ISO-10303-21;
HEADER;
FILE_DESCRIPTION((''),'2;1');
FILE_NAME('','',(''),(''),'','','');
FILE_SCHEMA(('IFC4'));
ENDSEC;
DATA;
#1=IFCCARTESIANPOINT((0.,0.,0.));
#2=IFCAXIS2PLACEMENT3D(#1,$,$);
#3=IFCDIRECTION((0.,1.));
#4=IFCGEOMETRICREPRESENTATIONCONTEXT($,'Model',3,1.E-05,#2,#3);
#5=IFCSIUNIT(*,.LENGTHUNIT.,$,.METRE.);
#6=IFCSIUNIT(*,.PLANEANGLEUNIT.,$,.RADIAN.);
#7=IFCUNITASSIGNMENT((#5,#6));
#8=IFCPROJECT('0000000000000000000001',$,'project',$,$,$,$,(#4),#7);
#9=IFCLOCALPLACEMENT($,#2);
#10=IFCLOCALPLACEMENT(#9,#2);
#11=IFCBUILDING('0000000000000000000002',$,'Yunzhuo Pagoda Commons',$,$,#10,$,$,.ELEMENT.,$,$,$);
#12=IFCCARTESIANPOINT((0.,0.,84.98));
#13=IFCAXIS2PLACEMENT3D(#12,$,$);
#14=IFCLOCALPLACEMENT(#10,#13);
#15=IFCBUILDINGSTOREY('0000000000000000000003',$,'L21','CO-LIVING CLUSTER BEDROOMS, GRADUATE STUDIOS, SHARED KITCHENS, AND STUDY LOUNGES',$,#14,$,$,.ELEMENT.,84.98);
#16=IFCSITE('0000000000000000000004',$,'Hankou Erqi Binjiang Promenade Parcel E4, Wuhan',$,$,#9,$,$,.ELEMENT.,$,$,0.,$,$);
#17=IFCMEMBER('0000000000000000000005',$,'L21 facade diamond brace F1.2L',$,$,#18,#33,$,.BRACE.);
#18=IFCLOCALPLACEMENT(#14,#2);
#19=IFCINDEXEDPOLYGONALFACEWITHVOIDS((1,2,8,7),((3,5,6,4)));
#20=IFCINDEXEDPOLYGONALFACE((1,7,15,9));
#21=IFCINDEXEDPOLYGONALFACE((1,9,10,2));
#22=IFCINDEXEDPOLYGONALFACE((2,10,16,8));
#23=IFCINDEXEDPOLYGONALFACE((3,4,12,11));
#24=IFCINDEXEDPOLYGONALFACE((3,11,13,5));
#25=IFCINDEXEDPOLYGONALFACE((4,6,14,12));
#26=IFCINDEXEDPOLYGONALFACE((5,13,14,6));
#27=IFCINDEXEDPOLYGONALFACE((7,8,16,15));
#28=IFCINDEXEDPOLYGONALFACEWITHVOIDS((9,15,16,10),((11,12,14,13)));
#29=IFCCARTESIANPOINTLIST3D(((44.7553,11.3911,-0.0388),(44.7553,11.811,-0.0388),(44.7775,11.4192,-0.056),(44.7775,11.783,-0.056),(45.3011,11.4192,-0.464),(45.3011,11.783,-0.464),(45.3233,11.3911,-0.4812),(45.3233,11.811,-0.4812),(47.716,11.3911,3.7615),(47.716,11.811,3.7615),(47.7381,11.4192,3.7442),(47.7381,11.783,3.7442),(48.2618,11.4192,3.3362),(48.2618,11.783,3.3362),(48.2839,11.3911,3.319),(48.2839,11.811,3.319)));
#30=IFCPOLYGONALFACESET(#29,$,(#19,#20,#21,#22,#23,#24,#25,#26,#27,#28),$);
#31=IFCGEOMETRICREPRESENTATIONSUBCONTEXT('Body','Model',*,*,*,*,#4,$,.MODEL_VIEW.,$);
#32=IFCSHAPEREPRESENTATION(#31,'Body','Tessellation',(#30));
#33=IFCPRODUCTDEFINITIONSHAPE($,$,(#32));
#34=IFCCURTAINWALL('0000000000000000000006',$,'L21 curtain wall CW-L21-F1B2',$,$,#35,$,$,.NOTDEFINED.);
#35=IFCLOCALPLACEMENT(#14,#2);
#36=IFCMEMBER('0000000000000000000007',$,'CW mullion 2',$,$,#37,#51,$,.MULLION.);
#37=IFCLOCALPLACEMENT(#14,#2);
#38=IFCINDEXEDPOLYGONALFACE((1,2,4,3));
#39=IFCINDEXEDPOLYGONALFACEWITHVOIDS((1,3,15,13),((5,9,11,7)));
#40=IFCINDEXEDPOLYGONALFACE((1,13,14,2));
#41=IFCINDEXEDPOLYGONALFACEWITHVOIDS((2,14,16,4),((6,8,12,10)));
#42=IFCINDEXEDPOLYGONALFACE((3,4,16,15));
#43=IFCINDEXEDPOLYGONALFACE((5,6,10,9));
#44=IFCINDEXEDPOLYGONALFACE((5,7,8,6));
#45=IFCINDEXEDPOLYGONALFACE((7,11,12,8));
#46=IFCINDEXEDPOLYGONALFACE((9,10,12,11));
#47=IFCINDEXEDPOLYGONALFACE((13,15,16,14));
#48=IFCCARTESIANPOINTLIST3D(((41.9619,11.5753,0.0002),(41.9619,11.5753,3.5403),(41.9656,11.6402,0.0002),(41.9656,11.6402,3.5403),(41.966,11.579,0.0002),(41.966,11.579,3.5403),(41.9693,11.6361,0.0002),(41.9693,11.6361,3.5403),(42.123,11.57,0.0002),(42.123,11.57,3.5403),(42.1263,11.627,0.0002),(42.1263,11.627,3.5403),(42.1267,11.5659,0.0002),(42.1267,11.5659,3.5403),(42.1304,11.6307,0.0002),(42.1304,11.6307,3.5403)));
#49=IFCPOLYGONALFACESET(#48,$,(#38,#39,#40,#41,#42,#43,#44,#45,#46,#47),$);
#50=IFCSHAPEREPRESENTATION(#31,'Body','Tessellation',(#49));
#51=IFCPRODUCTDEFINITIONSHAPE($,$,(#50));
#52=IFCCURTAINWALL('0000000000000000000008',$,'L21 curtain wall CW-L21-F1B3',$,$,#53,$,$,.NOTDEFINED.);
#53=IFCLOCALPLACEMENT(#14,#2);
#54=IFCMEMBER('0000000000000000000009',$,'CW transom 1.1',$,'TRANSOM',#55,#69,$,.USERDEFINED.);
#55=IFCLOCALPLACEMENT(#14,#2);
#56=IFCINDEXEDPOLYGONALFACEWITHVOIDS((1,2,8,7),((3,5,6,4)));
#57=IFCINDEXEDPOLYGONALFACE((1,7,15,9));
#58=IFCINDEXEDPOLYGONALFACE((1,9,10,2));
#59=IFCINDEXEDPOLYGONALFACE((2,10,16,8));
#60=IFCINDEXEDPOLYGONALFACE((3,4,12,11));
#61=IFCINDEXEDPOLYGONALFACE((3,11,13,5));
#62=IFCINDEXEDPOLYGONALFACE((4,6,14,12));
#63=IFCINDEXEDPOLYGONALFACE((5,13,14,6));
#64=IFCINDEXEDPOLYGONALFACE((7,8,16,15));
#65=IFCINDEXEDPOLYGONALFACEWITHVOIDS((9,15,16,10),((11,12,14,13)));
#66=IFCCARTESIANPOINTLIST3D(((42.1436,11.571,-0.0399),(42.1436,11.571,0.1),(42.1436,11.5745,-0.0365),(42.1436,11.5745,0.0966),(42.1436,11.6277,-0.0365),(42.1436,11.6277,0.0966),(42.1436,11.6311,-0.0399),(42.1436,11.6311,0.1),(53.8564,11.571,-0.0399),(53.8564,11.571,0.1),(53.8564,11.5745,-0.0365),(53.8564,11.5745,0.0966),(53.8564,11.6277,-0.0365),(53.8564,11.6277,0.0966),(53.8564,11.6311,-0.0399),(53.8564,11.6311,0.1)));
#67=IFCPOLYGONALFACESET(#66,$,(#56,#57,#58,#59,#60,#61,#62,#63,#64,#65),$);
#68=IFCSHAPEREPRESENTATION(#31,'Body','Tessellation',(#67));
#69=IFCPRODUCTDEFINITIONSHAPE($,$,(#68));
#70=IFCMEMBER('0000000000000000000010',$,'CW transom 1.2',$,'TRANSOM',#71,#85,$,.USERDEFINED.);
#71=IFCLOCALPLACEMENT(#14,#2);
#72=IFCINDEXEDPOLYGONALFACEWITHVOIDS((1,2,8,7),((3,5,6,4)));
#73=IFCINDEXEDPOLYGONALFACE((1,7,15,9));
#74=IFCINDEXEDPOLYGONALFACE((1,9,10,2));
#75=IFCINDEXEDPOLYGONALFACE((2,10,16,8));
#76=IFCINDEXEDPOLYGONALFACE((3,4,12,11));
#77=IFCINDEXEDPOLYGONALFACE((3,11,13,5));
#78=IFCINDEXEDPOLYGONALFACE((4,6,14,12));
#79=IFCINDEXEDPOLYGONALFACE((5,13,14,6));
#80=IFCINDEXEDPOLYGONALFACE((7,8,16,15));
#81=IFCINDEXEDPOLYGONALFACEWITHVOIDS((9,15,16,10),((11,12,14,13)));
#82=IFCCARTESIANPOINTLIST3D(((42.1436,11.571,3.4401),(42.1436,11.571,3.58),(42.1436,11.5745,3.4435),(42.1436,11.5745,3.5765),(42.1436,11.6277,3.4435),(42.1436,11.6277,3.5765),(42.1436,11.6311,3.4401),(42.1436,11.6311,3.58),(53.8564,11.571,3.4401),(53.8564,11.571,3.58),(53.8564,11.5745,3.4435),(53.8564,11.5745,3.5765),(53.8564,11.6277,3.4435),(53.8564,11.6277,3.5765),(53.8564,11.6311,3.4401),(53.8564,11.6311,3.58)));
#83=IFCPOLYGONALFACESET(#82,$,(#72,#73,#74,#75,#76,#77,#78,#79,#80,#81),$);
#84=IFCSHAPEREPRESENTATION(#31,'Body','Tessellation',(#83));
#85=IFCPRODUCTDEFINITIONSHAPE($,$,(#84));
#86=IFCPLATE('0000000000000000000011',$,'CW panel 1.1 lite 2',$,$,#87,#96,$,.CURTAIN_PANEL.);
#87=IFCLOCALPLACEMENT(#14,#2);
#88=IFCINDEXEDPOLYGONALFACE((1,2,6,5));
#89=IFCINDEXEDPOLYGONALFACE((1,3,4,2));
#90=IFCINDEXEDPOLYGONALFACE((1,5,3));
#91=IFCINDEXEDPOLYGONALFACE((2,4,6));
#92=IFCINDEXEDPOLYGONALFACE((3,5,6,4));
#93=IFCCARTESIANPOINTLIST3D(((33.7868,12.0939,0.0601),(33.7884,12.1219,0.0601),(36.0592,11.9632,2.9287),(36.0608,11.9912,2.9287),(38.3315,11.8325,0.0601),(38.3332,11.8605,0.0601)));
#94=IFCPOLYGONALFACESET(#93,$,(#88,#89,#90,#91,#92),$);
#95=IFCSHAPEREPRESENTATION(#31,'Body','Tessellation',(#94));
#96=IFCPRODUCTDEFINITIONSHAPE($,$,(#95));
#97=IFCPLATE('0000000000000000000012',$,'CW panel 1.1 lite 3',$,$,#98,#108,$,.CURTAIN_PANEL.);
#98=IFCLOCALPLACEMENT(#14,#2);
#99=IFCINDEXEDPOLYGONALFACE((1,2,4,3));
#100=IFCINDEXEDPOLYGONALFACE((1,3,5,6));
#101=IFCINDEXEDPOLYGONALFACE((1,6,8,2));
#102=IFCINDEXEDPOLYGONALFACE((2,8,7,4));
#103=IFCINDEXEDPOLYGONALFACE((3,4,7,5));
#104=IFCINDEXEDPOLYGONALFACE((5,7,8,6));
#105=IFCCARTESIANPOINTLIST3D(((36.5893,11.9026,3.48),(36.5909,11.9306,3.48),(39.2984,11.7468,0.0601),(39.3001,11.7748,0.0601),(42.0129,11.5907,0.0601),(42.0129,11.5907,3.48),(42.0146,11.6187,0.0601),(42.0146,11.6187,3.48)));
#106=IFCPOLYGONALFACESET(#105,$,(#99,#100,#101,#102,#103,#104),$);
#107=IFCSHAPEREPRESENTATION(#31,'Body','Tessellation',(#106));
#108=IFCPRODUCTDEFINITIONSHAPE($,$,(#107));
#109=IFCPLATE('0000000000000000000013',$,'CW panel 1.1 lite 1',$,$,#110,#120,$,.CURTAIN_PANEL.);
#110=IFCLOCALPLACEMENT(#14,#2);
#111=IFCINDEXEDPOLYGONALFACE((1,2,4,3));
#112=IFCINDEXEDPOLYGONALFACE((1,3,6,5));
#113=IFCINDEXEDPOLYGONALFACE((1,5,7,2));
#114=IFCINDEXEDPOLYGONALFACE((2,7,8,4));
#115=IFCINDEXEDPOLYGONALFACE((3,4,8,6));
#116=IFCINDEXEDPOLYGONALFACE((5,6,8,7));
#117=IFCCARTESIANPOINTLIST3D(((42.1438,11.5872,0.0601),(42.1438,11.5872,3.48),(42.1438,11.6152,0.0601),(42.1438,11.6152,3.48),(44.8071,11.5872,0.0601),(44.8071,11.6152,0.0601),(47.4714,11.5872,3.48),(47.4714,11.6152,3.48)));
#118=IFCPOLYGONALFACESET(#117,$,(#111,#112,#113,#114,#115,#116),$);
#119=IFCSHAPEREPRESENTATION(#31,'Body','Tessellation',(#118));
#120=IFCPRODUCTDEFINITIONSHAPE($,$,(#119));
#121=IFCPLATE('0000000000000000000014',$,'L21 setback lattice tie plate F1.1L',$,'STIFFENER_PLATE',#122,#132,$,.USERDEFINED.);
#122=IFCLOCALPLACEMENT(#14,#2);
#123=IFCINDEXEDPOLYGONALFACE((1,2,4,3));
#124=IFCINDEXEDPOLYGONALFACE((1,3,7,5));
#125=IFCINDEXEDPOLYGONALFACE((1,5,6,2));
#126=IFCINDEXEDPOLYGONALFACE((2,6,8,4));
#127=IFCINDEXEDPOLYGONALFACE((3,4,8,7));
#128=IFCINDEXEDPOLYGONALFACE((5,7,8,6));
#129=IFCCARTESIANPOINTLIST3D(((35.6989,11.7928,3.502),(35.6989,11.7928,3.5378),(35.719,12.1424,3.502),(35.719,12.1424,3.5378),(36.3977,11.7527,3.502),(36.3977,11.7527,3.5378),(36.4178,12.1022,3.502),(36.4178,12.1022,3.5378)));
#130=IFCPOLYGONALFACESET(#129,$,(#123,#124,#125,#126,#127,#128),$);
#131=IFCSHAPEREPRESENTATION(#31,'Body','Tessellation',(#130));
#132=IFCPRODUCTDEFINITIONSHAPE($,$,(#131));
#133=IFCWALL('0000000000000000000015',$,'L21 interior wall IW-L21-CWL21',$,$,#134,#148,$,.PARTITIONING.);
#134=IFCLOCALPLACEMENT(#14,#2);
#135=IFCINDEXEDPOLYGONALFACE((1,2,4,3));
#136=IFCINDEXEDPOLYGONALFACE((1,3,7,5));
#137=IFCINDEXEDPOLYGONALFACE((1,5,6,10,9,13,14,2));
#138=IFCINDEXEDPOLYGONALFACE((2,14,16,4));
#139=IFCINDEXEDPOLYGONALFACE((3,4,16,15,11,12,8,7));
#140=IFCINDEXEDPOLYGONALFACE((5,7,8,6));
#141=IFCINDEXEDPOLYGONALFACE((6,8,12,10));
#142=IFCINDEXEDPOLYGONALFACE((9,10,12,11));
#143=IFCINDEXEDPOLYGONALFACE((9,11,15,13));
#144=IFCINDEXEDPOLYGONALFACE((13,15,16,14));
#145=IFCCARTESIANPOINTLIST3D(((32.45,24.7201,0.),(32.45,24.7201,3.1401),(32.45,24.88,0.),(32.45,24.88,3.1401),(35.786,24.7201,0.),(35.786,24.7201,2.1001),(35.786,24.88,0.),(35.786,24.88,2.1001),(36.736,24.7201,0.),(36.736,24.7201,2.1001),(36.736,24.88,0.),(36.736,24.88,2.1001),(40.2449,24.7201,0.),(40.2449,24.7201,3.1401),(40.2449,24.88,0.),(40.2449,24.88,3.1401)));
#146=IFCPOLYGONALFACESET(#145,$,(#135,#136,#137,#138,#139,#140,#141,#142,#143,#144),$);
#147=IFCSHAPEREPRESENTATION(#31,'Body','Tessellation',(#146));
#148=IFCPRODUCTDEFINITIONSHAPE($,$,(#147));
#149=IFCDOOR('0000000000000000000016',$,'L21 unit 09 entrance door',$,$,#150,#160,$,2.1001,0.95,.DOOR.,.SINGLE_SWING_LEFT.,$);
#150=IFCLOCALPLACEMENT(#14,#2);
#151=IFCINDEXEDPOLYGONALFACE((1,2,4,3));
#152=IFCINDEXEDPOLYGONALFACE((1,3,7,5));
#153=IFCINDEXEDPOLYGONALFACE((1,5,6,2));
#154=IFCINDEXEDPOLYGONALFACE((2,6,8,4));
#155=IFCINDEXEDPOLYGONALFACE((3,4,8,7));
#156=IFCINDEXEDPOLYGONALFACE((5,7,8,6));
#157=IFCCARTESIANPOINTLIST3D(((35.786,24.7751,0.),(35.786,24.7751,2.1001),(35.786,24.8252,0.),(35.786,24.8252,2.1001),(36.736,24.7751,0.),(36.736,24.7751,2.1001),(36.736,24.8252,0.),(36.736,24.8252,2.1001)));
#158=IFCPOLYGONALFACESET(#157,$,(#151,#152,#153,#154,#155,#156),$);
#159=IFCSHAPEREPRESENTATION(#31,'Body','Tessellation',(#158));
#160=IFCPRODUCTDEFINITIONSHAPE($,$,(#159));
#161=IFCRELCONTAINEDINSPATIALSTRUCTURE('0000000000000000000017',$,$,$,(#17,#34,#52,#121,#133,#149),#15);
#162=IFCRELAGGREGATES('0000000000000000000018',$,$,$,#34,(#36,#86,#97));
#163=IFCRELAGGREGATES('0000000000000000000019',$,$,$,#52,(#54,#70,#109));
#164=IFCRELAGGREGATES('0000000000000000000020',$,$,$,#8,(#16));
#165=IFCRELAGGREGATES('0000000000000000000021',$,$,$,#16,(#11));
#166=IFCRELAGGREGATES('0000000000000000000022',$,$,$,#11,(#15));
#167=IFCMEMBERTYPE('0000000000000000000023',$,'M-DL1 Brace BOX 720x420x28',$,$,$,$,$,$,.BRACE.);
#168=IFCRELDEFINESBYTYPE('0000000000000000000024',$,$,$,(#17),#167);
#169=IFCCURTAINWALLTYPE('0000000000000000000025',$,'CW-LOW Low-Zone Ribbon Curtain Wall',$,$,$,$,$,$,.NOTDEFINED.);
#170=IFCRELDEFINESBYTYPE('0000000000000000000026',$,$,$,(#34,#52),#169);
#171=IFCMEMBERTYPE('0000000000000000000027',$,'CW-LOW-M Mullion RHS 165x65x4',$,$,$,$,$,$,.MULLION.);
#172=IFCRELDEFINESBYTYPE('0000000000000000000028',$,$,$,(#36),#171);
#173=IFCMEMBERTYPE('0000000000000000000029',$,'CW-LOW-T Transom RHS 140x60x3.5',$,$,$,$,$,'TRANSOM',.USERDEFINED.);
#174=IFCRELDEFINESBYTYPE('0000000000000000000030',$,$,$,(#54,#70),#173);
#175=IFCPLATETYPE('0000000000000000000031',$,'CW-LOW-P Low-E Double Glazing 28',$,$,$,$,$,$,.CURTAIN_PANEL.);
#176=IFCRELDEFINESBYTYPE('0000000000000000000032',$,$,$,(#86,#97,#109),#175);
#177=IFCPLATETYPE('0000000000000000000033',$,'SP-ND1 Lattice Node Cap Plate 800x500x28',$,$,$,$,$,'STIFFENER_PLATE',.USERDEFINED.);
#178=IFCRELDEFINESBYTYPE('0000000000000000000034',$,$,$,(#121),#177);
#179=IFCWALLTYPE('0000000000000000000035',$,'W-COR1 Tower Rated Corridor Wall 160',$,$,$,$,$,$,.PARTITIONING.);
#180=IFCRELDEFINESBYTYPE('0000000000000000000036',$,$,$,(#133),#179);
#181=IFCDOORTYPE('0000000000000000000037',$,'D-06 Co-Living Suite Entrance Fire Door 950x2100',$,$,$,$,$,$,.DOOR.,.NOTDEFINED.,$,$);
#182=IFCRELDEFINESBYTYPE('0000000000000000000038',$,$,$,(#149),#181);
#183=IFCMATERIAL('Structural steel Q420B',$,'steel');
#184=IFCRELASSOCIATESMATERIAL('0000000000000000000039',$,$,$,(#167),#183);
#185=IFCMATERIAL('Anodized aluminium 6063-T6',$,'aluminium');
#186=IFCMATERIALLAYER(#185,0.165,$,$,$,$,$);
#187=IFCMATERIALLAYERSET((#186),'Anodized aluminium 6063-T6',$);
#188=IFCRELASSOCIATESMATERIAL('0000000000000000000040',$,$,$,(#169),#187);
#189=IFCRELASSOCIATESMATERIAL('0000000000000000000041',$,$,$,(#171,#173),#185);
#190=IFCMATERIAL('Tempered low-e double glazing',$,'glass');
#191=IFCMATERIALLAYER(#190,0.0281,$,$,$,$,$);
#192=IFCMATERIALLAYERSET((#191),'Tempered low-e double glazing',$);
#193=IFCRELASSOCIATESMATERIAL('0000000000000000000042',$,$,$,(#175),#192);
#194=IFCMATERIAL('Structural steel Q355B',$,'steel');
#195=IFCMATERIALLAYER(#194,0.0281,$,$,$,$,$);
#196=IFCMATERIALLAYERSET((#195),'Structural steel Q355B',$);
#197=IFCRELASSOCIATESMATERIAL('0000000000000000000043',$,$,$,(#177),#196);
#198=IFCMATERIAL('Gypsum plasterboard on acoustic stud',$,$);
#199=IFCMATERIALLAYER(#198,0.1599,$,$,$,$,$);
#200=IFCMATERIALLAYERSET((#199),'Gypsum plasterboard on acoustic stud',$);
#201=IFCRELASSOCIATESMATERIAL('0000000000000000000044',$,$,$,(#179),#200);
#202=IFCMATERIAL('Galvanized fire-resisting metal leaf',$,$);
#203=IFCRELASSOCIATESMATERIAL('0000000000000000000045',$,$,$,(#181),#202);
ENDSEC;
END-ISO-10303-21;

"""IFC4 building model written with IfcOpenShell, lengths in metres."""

from ifc_helpers import new_model, si_unit, direction, frame, frame_2d, origin, origin_with_axes, origin_2d, place, context, subcontext, project, spatial, polyline, rectangle, hollow_rectangle, outline, extrude, source, transform, mapped, material, layer, layer_set, material_profile, profile_set, type_object, element, fill, aggregate, save


model = new_model("IFC4")

# Units and contexts
model_context = context("Model", 3, precision=1e-05, world=origin(), true_north=direction((0.0, 1.0)))
body_context = subcontext(model_context, "Body", "Model", "MODEL_VIEW")
ifc_project = project(units=[si_unit("LENGTHUNIT", "METRE"), si_unit("PLANEANGLEUNIT", "RADIAN")], contexts=[model_context])

# Site, building, storey
site_placement = place(None, origin())
site = spatial("IfcSite", under=ifc_project, at=site_placement, Name="Hankou Erqi Binjiang Promenade Parcel E4, Wuhan", CompositionType="ELEMENT", RefElevation=0.0)
building_placement = place(site_placement, origin())
building = spatial("IfcBuilding", under=site, at=building_placement, Name="Yunzhuo Pagoda Commons", CompositionType="ELEMENT")
storey_placement = place(building_placement, frame((0.0, 0.0, 84.98)))
storey = spatial("IfcBuildingStorey", under=building, at=storey_placement, Name="L21", Description="CO-LIVING CLUSTER BEDROOMS, GRADUATE STUDIOS, SHARED KITCHENS, AND STUDY LOUNGES", CompositionType="ELEMENT", Elevation=84.98)

# Shared definitions
ifc_material_1 = material(Name="Structural steel Q420B", Category="steel")

# Shared definitions
ifc_material_2 = material(Name="Structural steel Q355B", Category="steel")

# Member
ifc_material_profile_1 = material_profile(ifc_material_1, hollow_rectangle(XDim=0.4199, YDim=0.72, WallThickness=0.0281, at=origin_2d()), Name="Structural steel Q420B")
ifc_profile_set_1 = profile_set([ifc_material_profile_1], Name="Structural steel Q420B")
member_type_1 = type_object("IfcMemberType", Name="M-DL1 Brace BOX 720x420x28", PredefinedType="BRACE", material=ifc_profile_set_1)
shared_shape_1 = source(origin(), body_context, "Body", "SweptSolid", [
    extrude(hollow_rectangle(XDim=0.4199, YDim=0.72, WallThickness=0.0281, at=origin_2d()), origin(), (0.0, 0.0, 1.0), 4.8174),
])
member_1_placement = place(storey_placement, frame((45.0393, 11.6011, -0.26), z_axis=(0.614575, 0.0, 0.788858), x_axis=(0.0, 1.0, 0.0)))
element("IfcMember", 1, at=member_1_placement, inside=storey, type_object=member_type_1, Name="L21 facade diamond brace F1.2L", PredefinedType="BRACE", context=body_context, shape_type="MappedRepresentation", body=[
    mapped(shared_shape_1, transform((0.0, 0.0, 0.0), scale=1.0)),
])

# Curtain wall, member
ifc_material_3 = material(Name="Anodized aluminium 6063-T6", Category="aluminium")
ifc_layer_1 = layer(ifc_material_3, 0.165)
ifc_layer_set_1 = layer_set([ifc_layer_1], Name="Anodized aluminium 6063-T6")
curtain_wall_type = type_object("IfcCurtainWallType", Name="CW-LOW Low-Zone Ribbon Curtain Wall", PredefinedType="NOTDEFINED", material=ifc_layer_set_1)
curtain_wall_1_placement = place(storey_placement, origin())
curtain_wall_1 = element("IfcCurtainWall", 2, at=curtain_wall_1_placement, inside=storey, type_object=curtain_wall_type, Name="L21 curtain wall CW-L21-F1B2", PredefinedType="NOTDEFINED")
ifc_material_profile_2 = material_profile(ifc_material_3, hollow_rectangle(XDim=0.0649, YDim=0.165, WallThickness=0.0039, at=origin_2d()), Name="Anodized aluminium 6063-T6")
ifc_profile_set_2 = profile_set([ifc_material_profile_2], Name="Anodized aluminium 6063-T6")
member_type_2 = type_object("IfcMemberType", Name="CW-LOW-M Mullion RHS 165x65x4", PredefinedType="MULLION", material=ifc_profile_set_2)
shared_shape_2 = source(origin(), body_context, "Body", "SweptSolid", [
    extrude(hollow_rectangle(XDim=0.0649, YDim=0.165, WallThickness=0.0039, at=origin_2d()), origin(), (0.0, 0.0, 1.0), 3.54),
])
member_2_placement = place(storey_placement, frame((42.0461, 11.603, 0.0002), z_axis=(0.0, 0.0, 1.0), x_axis=(0.057418, 0.99835, 0.0)))
member_2 = element("IfcMember", 3, at=member_2_placement, type_object=member_type_2, Name="CW mullion 2", PredefinedType="MULLION", context=body_context, shape_type="MappedRepresentation", body=[
    mapped(shared_shape_2, transform((0.0, 0.0, 0.0), scale=1.0)),
])

# Curtain wall, members
curtain_wall_2_placement = place(storey_placement, origin())
curtain_wall_2 = element("IfcCurtainWall", 4, at=curtain_wall_2_placement, inside=storey, type_object=curtain_wall_type, Name="L21 curtain wall CW-L21-F1B3", PredefinedType="NOTDEFINED")
ifc_material_profile_3 = material_profile(ifc_material_3, hollow_rectangle(XDim=0.0601, YDim=0.1399, WallThickness=0.0034, at=origin_2d()), Name="Anodized aluminium 6063-T6")
ifc_profile_set_3 = profile_set([ifc_material_profile_3], Name="Anodized aluminium 6063-T6")
member_type_3 = type_object("IfcMemberType", Name="CW-LOW-T Transom RHS 140x60x3.5", ElementType="TRANSOM", PredefinedType="USERDEFINED", material=ifc_profile_set_3)
shared_shape_3 = source(origin(), body_context, "Body", "SweptSolid", [
    extrude(hollow_rectangle(XDim=0.0601, YDim=0.1399, WallThickness=0.0034, at=origin_2d()), origin(), (0.0, 0.0, 1.0), 11.7129),
])
member_3_placement = place(storey_placement, frame((42.1436, 11.6011, 0.03), z_axis=(1.0, 0.0, 0.0), x_axis=(0.0, 1.0, 0.0)))
member_3 = element("IfcMember", 5, at=member_3_placement, type_object=member_type_3, Name="CW transom 1.1", ObjectType="TRANSOM", PredefinedType="USERDEFINED", context=body_context, shape_type="MappedRepresentation", body=[
    mapped(shared_shape_3, transform((0.0, 0.0, 0.0), scale=1.0)),
])
member_4_placement = place(storey_placement, frame((42.1436, 11.6011, 3.51), z_axis=(1.0, 0.0, 0.0), x_axis=(0.0, 1.0, 0.0)))
member_4 = element("IfcMember", 6, at=member_4_placement, type_object=member_type_3, Name="CW transom 1.2", ObjectType="TRANSOM", PredefinedType="USERDEFINED", context=body_context, shape_type="MappedRepresentation", body=[
    mapped(shared_shape_3, transform((0.0, 0.0, 0.0), scale=1.0)),
])

# Plates
ifc_material_4 = material(Name="Tempered low-e double glazing", Category="glass")
ifc_layer_2 = layer(ifc_material_4, 0.0281)
ifc_layer_set_2 = layer_set([ifc_layer_2], Name="Tempered low-e double glazing")
plate_type_1 = type_object("IfcPlateType", Name="CW-LOW-P Low-E Double Glazing 28", PredefinedType="CURTAIN_PANEL", material=ifc_layer_set_2)
plate_1_placement = place(storey_placement, frame((36.0608, 11.9912, 1.4944), z_axis=(-0.057418, -0.99835, 0.0), x_axis=(0.99835, -0.057418, 0.0)))
plate_1 = element("IfcPlate", 7, at=plate_1_placement, type_object=plate_type_1, Name="CW panel 1.1 lite 2", PredefinedType="CURTAIN_PANEL", context=body_context, shape_type="SweptSolid", body=[
    extrude(outline(polyline([(-2.2761, -1.4343), (2.2761, -1.4343), (0.0, 1.4343), (-2.2761, -1.4343)])), origin(), (0.0, 0.0, 1.0), 0.0281),
])
plate_2_placement = place(storey_placement, frame((39.3027, 11.7747, 1.77), z_axis=(-0.057418, -0.99835, 0.0), x_axis=(0.99835, -0.057418, 0.0)))
plate_2 = element("IfcPlate", 8, at=plate_2_placement, type_object=plate_type_1, Name="CW panel 1.1 lite 3", PredefinedType="CURTAIN_PANEL", context=body_context, shape_type="SweptSolid", body=[
    extrude(outline(polyline([(-2.7163, 1.71), (-0.0027, -1.71), (2.7163, -1.71), (2.7163, 1.71), (-2.7163, 1.71)])), origin(), (0.0, 0.0, 1.0), 0.0281),
])
aggregate(curtain_wall_1, [member_2, plate_1, plate_2])
plate_3_placement = place(storey_placement, frame((44.8076, 11.6152, 1.77), z_axis=(0.0, -1.0, 0.0), x_axis=(1.0, 0.0, 0.0)))
plate_3 = element("IfcPlate", 9, at=plate_3_placement, type_object=plate_type_1, Name="CW panel 1.1 lite 1", PredefinedType="CURTAIN_PANEL", context=body_context, shape_type="SweptSolid", body=[
    extrude(outline(polyline([(-2.6638, -1.71), (-0.0005, -1.71), (2.6638, 1.71), (-2.6638, 1.71), (-2.6638, -1.71)])), origin(), (0.0, 0.0, 1.0), 0.0281),
])
aggregate(curtain_wall_2, [member_3, member_4, plate_3])
ifc_layer_3 = layer(ifc_material_2, 0.0281)
ifc_layer_set_3 = layer_set([ifc_layer_3], Name="Structural steel Q355B")
plate_type_2 = type_object("IfcPlateType", Name="SP-ND1 Lattice Node Cap Plate 800x500x28", ElementType="STIFFENER_PLATE", PredefinedType="USERDEFINED", material=ifc_layer_set_3)
shared_shape_4 = source(origin(), body_context, "Body", "SweptSolid", [
    extrude(rectangle(XDim=0.7, YDim=0.3501, at=origin_2d()), origin(), (0.0, 0.0, 1.0), 0.0359),
])
plate_4_placement = place(storey_placement, frame((36.0583, 11.9475, 3.502), z_axis=(0.0, 0.0, 1.0), x_axis=(0.99835, -0.057425, 0.0)))
element("IfcPlate", 10, at=plate_4_placement, inside=storey, type_object=plate_type_2, Name="L21 setback lattice tie plate F1.1L", ObjectType="STIFFENER_PLATE", PredefinedType="USERDEFINED", context=body_context, shape_type="MappedRepresentation", body=[
    mapped(shared_shape_4, transform((0.0, 0.0, 0.0), scale=1.0)),
])

# Wall, opening, door
ifc_material_5 = material(Name="Gypsum plasterboard on acoustic stud")
ifc_layer_4 = layer(ifc_material_5, 0.1599)
ifc_layer_set_4 = layer_set([ifc_layer_4], Name="Gypsum plasterboard on acoustic stud")
wall_type_1 = type_object("IfcWallType", Name="W-COR1 Tower Rated Corridor Wall 160", PredefinedType="PARTITIONING", material=ifc_layer_set_4)
wall_1_placement = place(storey_placement, frame((40.2449, 24.8, 0.0), z_axis=(0.0, 0.0, 1.0), x_axis=(-1.0, 0.0, 0.0)))
wall_1 = element("IfcWall", 11, at=wall_1_placement, inside=storey, type_object=wall_type_1, Name="L21 interior wall IW-L21-CWL21", PredefinedType="PARTITIONING", context=body_context, shape_type="SweptSolid", body=[
    extrude(rectangle(XDim=7.7949, YDim=0.1599, at=frame_2d((3.8975, 0.0))), origin(), (0.0, 0.0, 1.0), 3.1401),
])
opening_1_placement = place(wall_1_placement, frame((3.5088, 0.0, 0.0)))
opening_1 = element("IfcOpeningElement", 12, at=opening_1_placement, cuts=wall_1, PredefinedType="OPENING", context=body_context, shape_type="SweptSolid", body=[
    extrude(rectangle(XDim=0.95, YDim=2.1001, at=frame_2d((0.4751, 1.05))), frame((0.0, 0.0898, 0.0), z_axis=(0.0, -1.0, 0.0), x_axis=(1.0, 0.0, 0.0)), (0.0, 0.0, 1.0), 0.1799),
])
ifc_material_6 = material(Name="Galvanized fire-resisting metal leaf")
door_type_1 = type_object("IfcDoorType", Name="D-06 Co-Living Suite Entrance Fire Door 950x2100", OperationType="NOTDEFINED", PredefinedType="DOOR", material=ifc_material_6)
shared_shape_5 = source(origin(), body_context, "Body", "SweptSolid", [
    extrude(rectangle(XDim=0.95, YDim=2.1001, at=frame_2d((0.4751, 1.05))), frame((0.0, 0.0249, 0.0), z_axis=(0.0, -1.0, 0.0), x_axis=(1.0, 0.0, 0.0)), (0.0, 0.0, 1.0), 0.05),
])
door_1_placement = place(opening_1_placement, origin_with_axes())
door_1 = element("IfcDoor", 13, at=door_1_placement, inside=storey, type_object=door_type_1, Name="L21 unit 09 entrance door", OperationType="SINGLE_SWING_LEFT", OverallHeight=2.1001, OverallWidth=0.95, PredefinedType="DOOR", context=body_context, shape_type="MappedRepresentation", body=[
    mapped(shared_shape_5, transform((0.0, 0.0, 0.0), scale=1.0)),
])
fill(opening_1, door_1)

save(model, "model.ifc")
